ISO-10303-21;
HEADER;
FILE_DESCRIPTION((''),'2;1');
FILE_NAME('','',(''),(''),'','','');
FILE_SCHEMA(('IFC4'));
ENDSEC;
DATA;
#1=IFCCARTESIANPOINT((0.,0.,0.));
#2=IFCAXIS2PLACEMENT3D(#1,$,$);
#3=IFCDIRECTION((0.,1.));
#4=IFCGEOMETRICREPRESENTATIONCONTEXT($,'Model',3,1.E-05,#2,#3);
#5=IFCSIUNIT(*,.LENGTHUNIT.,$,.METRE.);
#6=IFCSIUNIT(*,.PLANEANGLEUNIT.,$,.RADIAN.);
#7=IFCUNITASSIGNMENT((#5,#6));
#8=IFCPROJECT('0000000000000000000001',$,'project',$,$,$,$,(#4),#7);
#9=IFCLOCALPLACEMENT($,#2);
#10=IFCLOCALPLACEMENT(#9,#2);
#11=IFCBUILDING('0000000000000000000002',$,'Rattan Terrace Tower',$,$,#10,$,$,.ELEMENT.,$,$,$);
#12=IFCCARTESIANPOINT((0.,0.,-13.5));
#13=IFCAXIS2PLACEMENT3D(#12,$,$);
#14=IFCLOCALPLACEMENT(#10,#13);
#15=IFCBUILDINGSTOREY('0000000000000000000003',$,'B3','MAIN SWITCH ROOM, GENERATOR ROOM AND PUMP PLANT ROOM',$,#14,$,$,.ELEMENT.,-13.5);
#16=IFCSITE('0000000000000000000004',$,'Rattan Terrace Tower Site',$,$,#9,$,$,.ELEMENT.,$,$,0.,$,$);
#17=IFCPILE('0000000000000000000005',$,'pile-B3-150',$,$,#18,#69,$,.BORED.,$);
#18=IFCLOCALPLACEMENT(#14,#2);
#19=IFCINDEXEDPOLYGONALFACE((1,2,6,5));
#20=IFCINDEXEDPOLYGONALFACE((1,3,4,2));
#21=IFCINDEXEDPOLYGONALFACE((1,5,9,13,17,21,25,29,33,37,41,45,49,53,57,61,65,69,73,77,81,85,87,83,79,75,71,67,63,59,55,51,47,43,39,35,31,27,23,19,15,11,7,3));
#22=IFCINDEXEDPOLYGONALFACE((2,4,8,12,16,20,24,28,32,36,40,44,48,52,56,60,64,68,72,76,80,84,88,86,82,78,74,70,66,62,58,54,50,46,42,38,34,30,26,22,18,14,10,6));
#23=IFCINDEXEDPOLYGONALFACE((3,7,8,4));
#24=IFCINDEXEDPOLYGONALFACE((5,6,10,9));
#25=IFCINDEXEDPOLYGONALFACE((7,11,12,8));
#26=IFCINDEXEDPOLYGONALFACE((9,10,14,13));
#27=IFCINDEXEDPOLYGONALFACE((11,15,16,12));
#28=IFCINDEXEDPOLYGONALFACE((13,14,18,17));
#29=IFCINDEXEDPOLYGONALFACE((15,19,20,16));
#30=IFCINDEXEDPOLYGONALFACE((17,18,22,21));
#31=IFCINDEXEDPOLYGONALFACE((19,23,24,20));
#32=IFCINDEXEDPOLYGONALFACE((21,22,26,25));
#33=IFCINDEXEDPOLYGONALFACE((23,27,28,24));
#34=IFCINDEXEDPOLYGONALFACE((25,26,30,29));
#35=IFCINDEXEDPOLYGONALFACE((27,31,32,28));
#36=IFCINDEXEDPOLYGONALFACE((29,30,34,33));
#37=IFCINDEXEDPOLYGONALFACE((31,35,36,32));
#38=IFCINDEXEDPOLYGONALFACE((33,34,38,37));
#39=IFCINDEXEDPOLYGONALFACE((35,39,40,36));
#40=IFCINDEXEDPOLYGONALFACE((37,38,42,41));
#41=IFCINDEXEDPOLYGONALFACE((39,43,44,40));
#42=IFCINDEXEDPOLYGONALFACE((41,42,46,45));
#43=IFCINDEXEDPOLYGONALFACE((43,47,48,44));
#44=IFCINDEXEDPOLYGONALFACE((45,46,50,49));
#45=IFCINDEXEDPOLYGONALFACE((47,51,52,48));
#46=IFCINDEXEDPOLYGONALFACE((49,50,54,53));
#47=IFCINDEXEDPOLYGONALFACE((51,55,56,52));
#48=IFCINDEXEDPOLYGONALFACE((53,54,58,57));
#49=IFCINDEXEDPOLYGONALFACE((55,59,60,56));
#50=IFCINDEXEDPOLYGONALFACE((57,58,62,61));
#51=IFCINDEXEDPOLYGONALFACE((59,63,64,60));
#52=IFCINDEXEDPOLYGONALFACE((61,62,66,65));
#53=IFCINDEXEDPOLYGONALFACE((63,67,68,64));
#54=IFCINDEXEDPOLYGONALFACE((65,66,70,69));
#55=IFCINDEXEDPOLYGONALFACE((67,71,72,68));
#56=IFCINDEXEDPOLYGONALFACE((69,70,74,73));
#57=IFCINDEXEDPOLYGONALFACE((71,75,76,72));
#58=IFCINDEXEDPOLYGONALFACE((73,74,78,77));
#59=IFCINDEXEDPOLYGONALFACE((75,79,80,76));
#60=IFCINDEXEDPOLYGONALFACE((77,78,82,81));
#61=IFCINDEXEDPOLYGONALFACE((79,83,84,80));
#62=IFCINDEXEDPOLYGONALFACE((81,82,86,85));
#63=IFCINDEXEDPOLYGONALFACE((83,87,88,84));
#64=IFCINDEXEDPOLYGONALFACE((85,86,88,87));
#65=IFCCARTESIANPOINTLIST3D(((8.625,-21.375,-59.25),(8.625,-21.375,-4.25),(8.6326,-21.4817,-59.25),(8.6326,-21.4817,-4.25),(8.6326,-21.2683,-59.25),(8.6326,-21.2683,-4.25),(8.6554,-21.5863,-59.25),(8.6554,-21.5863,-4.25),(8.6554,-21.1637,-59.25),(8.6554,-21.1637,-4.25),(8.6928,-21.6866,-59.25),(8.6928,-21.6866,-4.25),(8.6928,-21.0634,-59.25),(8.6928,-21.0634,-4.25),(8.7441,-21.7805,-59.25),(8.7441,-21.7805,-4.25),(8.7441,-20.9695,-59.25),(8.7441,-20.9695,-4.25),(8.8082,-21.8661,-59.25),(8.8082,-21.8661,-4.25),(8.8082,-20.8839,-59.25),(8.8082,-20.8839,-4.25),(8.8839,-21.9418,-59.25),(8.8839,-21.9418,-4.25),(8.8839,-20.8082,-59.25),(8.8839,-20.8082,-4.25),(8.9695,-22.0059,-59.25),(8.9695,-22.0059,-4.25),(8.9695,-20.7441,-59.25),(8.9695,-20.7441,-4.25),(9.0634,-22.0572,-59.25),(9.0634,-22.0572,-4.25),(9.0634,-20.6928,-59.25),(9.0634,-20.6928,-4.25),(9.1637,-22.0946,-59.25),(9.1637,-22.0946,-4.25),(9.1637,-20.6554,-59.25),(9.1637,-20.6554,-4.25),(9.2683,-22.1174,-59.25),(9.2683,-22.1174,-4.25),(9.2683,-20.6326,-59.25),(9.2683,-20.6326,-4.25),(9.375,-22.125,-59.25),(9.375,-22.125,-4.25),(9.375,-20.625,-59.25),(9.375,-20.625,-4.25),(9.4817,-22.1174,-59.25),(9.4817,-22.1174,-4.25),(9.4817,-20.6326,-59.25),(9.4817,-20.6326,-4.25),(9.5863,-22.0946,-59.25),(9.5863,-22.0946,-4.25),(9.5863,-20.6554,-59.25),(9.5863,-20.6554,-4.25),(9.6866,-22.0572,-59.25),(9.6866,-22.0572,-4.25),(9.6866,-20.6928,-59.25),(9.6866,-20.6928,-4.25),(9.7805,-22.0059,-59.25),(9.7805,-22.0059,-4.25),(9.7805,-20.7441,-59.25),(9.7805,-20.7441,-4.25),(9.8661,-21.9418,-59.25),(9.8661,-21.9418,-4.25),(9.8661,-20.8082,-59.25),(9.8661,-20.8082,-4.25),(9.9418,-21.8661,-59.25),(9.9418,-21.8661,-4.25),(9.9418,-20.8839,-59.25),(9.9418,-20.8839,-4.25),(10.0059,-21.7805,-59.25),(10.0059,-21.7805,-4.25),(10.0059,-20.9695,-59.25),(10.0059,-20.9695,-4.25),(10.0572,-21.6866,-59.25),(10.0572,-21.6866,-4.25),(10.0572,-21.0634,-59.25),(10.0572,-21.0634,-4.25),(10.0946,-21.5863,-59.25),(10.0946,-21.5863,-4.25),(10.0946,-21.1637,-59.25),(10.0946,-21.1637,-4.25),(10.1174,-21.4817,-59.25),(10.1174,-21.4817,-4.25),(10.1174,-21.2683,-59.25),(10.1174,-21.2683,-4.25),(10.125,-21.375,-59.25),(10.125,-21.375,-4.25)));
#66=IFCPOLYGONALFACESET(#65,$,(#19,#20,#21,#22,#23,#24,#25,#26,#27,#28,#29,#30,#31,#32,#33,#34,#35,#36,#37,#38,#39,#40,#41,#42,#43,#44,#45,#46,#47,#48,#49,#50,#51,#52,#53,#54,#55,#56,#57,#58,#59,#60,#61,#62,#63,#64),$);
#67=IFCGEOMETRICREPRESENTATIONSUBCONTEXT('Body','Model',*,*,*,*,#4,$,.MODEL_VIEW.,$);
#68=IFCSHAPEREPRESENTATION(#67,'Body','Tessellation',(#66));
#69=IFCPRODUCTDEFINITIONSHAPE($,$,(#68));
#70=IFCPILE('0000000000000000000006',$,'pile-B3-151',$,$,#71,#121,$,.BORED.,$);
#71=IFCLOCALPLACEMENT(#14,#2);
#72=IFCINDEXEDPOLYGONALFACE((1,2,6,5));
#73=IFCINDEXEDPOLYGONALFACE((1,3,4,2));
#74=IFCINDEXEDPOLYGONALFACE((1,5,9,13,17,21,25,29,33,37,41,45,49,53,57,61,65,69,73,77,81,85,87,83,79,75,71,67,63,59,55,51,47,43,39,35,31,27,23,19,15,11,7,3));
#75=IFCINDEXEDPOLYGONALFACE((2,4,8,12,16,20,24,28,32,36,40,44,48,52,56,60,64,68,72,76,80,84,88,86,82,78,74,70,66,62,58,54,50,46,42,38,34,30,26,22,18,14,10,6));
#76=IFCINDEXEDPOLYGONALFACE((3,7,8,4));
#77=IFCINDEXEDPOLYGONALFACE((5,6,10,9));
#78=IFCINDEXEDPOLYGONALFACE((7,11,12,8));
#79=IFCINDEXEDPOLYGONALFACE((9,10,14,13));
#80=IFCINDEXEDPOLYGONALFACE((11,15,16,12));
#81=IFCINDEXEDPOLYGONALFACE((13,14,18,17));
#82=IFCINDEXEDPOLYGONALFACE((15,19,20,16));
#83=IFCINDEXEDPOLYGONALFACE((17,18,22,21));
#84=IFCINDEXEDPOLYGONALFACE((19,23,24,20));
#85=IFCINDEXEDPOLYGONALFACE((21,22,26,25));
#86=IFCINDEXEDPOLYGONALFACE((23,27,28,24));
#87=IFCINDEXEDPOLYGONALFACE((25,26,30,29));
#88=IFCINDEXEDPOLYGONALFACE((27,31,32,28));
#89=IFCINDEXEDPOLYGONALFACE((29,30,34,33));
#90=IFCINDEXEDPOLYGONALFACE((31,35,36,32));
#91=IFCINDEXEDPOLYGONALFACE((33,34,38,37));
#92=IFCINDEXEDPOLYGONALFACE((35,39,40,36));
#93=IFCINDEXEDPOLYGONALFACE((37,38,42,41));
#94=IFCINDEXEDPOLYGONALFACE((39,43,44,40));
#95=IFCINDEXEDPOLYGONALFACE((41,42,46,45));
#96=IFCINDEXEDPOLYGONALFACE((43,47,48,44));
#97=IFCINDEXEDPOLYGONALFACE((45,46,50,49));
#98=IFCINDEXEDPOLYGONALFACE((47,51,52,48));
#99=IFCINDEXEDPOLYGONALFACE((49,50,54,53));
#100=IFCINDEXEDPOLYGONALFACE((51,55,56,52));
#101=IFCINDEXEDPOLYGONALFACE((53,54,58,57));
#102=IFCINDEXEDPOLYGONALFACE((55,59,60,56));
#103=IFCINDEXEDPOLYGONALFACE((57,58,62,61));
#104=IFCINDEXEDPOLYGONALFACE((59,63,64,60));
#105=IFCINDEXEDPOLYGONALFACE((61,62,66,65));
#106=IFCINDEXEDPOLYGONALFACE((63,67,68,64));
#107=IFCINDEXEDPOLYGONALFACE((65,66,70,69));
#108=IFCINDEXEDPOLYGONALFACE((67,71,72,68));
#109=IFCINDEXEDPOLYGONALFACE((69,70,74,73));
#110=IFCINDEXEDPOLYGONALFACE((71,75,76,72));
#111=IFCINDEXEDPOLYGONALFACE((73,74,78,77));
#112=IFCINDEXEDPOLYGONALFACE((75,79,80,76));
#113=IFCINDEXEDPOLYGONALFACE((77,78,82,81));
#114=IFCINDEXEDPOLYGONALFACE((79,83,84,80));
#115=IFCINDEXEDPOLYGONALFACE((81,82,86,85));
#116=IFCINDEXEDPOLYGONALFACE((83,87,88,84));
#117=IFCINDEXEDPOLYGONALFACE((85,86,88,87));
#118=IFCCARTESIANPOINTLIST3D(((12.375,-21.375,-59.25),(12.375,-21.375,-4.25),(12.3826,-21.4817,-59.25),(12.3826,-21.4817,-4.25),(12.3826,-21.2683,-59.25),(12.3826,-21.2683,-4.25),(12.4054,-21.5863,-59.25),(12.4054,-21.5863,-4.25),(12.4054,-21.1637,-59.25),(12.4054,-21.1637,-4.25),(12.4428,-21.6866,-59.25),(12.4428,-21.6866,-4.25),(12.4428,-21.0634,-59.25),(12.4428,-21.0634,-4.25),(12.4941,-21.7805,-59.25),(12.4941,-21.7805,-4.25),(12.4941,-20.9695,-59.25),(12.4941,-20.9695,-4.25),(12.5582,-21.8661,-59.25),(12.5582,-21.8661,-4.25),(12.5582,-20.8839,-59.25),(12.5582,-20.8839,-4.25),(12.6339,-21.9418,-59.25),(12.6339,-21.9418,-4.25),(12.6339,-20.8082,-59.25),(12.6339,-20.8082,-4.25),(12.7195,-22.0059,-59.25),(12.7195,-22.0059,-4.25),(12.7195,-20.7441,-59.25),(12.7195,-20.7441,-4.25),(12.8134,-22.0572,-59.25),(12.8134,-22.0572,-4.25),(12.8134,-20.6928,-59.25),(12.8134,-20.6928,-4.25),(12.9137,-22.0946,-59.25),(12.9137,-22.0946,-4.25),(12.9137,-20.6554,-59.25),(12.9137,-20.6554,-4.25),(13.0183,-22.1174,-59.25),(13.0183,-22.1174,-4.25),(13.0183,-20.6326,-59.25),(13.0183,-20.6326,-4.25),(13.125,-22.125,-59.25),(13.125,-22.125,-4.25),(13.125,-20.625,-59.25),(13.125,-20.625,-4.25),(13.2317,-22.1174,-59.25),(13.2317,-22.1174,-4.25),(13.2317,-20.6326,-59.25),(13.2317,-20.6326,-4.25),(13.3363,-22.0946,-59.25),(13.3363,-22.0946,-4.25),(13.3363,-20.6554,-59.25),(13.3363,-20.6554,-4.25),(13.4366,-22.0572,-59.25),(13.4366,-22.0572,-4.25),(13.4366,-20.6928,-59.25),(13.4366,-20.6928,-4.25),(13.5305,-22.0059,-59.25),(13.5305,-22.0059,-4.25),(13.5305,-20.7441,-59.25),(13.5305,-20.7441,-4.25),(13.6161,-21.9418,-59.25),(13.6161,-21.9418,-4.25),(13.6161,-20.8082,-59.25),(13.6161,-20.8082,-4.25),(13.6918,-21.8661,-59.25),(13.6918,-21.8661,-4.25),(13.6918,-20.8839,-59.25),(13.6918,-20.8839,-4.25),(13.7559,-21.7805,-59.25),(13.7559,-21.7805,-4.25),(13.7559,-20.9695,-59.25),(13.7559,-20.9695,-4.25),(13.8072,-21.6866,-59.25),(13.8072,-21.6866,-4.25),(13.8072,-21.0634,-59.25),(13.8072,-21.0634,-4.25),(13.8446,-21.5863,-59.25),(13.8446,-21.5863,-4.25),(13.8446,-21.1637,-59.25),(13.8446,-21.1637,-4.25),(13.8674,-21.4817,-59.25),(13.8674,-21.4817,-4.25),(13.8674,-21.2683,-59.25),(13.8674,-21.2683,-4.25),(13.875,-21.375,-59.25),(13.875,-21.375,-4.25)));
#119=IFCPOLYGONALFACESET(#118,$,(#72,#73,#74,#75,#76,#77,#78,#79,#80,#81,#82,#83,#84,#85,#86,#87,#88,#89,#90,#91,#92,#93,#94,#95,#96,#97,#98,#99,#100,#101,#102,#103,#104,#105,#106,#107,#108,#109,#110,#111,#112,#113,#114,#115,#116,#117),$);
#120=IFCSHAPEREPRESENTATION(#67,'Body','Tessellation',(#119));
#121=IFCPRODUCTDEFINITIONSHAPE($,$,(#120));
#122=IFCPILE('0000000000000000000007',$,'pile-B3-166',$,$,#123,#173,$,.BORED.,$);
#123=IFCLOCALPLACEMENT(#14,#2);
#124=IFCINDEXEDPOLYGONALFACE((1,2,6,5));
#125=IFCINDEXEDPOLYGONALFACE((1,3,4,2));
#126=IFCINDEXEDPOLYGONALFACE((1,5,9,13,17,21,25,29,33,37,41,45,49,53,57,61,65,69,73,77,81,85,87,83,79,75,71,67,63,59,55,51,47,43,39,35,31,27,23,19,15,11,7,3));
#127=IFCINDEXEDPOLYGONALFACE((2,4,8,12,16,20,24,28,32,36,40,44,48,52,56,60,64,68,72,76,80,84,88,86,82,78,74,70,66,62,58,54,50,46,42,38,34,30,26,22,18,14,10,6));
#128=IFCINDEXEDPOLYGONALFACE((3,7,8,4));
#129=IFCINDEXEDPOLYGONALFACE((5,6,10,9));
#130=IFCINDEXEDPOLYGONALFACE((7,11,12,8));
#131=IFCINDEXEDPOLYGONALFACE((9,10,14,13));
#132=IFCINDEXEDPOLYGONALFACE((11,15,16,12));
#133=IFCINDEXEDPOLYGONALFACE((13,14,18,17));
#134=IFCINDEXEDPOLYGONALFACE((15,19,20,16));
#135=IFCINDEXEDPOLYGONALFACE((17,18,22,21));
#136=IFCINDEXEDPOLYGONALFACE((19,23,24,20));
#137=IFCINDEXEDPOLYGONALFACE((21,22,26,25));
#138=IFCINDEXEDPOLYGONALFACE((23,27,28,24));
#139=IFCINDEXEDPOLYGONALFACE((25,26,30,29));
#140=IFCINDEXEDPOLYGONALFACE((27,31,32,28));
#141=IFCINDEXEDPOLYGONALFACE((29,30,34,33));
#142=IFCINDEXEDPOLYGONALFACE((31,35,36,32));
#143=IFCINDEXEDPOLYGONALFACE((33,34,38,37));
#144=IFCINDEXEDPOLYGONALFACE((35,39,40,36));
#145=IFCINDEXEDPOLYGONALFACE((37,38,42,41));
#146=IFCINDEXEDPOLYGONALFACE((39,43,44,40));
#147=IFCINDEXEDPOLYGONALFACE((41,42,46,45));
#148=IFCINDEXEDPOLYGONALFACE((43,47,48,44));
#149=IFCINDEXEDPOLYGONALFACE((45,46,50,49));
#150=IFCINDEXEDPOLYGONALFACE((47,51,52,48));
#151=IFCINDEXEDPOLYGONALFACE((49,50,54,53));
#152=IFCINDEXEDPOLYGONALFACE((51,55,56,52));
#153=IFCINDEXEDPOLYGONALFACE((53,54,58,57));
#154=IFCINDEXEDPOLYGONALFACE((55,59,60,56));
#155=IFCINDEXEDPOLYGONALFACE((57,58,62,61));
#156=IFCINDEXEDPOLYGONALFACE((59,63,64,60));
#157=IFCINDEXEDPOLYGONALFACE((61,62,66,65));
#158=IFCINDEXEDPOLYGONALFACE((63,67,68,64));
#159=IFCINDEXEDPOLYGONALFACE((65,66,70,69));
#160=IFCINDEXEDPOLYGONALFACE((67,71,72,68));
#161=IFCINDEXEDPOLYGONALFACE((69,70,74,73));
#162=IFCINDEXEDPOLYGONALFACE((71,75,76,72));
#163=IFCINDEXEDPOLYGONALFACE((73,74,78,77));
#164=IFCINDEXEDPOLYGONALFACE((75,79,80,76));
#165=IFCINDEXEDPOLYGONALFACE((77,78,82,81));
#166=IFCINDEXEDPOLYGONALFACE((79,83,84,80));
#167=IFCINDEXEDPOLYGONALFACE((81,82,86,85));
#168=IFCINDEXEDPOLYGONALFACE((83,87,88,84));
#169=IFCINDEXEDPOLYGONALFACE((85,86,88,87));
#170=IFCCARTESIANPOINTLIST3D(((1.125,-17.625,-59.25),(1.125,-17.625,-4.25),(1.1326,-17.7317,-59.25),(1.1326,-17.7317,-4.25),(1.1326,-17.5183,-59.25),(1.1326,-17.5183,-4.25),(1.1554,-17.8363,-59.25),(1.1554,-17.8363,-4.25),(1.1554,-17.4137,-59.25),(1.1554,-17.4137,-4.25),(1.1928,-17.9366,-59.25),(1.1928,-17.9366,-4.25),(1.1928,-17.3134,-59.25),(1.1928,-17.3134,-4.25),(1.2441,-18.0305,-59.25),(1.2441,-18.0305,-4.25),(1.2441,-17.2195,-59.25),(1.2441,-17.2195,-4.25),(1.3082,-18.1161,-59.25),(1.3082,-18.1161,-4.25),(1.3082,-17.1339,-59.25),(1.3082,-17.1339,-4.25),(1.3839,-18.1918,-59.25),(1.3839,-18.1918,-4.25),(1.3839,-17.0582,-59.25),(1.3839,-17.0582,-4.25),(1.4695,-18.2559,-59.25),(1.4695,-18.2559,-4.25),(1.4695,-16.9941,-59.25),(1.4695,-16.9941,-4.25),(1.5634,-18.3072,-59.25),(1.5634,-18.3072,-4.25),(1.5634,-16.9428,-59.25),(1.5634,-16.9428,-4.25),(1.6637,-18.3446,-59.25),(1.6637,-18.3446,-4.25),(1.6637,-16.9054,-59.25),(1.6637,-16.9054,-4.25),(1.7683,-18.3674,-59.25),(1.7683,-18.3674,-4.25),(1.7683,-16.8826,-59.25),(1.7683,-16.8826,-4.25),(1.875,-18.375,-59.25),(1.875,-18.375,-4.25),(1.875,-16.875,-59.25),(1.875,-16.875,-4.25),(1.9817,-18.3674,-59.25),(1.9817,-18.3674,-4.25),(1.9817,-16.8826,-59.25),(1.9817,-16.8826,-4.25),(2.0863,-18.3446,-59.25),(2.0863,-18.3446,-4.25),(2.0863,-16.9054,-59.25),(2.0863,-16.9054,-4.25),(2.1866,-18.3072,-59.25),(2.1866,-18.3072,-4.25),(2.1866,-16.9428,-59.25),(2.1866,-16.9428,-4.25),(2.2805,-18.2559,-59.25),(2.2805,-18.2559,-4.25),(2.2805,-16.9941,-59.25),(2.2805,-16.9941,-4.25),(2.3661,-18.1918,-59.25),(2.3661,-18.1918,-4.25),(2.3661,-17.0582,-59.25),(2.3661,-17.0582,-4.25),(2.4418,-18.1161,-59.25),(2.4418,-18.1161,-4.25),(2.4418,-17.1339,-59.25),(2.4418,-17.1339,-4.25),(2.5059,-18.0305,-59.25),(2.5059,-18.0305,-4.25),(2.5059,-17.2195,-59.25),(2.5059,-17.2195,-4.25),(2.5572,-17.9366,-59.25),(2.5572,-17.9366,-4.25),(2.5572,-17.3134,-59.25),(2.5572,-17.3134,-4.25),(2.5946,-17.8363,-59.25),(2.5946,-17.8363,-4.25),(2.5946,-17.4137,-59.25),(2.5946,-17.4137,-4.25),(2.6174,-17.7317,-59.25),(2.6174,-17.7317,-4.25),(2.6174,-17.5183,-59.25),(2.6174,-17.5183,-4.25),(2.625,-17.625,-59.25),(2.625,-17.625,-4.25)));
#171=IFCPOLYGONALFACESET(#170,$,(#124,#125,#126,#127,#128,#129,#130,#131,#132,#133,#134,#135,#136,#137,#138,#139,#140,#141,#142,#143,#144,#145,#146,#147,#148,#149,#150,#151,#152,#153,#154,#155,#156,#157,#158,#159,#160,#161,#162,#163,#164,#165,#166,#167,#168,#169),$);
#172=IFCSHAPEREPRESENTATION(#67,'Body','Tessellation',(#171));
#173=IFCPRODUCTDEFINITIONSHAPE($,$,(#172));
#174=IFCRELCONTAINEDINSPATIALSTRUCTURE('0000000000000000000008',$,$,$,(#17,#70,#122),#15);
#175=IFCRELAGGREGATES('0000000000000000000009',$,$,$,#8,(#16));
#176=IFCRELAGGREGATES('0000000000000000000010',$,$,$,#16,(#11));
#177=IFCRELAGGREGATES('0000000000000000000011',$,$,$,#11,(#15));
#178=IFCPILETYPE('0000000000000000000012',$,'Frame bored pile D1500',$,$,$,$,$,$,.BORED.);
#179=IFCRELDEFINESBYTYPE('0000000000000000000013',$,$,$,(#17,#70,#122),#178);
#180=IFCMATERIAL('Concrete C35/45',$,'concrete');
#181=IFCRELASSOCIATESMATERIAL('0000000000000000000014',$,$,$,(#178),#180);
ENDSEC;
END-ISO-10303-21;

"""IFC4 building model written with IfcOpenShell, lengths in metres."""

from ifc_helpers import new_model, si_unit, direction, frame, origin, origin_2d, place, context, subcontext, project, spatial, circle, extrude, material, material_profile, profile_set, type_object, element, save


model = new_model("IFC4")

# Units and contexts
model_context = context("Model", 3, precision=1e-05, world=origin(), true_north=direction((0.0, 1.0)))
body_context = subcontext(model_context, "Body", "Model", "MODEL_VIEW")
ifc_project = project(units=[si_unit("LENGTHUNIT", "METRE"), si_unit("PLANEANGLEUNIT", "RADIAN")], contexts=[model_context])

# Site, building, storey
site_placement = place(None, origin())
site = spatial("IfcSite", under=ifc_project, at=site_placement, Name="Rattan Terrace Tower Site", CompositionType="ELEMENT", RefElevation=0.0)
building_placement = place(site_placement, origin())
building = spatial("IfcBuilding", under=site, at=building_placement, Name="Rattan Terrace Tower", CompositionType="ELEMENT")
storey_placement = place(building_placement, frame((0.0, 0.0, -13.5)))
storey = spatial("IfcBuildingStorey", under=building, at=storey_placement, Name="B3", Description="MAIN SWITCH ROOM, GENERATOR ROOM AND PUMP PLANT ROOM", CompositionType="ELEMENT", Elevation=-13.5)

# Piles
ifc_material_1 = material(Name="Concrete C35/45", Category="concrete")
ifc_material_profile_1 = material_profile(ifc_material_1, circle(Radius=0.75, at=origin_2d()), Name="PILE D1500")
ifc_profile_set_1 = profile_set([ifc_material_profile_1], Name="Concrete C35/45")
pile_type = type_object("IfcPileType", Name="Frame bored pile D1500", PredefinedType="BORED", material=ifc_profile_set_1)
for number, where, z_axis, x_axis, name in (
    (1, (9.375, -21.375, -4.25), (0.0, 0.0, -1.0), (1.0, 0.0, 0.0), "pile-B3-150"),
    (2, (13.125, -21.375, -4.25), (0.0, 0.0, -1.0), (1.0, 0.0, 0.0), "pile-B3-151"),
    (3, (1.875, -17.625, -4.25), (0.0, 0.0, -1.0), (1.0, 0.0, 0.0), "pile-B3-166"),
):
    element("IfcPile", number, at=place(storey_placement, frame(where, z_axis=z_axis, x_axis=x_axis)), inside=storey, type_object=pile_type, Name=name, PredefinedType="BORED", context=body_context, shape_type="SweptSolid", body=[
        extrude(circle(Radius=0.75, at=origin_2d()), origin(), (0.0, 0.0, 1.0), 55.0),
    ])

save(model, "model.ifc")
